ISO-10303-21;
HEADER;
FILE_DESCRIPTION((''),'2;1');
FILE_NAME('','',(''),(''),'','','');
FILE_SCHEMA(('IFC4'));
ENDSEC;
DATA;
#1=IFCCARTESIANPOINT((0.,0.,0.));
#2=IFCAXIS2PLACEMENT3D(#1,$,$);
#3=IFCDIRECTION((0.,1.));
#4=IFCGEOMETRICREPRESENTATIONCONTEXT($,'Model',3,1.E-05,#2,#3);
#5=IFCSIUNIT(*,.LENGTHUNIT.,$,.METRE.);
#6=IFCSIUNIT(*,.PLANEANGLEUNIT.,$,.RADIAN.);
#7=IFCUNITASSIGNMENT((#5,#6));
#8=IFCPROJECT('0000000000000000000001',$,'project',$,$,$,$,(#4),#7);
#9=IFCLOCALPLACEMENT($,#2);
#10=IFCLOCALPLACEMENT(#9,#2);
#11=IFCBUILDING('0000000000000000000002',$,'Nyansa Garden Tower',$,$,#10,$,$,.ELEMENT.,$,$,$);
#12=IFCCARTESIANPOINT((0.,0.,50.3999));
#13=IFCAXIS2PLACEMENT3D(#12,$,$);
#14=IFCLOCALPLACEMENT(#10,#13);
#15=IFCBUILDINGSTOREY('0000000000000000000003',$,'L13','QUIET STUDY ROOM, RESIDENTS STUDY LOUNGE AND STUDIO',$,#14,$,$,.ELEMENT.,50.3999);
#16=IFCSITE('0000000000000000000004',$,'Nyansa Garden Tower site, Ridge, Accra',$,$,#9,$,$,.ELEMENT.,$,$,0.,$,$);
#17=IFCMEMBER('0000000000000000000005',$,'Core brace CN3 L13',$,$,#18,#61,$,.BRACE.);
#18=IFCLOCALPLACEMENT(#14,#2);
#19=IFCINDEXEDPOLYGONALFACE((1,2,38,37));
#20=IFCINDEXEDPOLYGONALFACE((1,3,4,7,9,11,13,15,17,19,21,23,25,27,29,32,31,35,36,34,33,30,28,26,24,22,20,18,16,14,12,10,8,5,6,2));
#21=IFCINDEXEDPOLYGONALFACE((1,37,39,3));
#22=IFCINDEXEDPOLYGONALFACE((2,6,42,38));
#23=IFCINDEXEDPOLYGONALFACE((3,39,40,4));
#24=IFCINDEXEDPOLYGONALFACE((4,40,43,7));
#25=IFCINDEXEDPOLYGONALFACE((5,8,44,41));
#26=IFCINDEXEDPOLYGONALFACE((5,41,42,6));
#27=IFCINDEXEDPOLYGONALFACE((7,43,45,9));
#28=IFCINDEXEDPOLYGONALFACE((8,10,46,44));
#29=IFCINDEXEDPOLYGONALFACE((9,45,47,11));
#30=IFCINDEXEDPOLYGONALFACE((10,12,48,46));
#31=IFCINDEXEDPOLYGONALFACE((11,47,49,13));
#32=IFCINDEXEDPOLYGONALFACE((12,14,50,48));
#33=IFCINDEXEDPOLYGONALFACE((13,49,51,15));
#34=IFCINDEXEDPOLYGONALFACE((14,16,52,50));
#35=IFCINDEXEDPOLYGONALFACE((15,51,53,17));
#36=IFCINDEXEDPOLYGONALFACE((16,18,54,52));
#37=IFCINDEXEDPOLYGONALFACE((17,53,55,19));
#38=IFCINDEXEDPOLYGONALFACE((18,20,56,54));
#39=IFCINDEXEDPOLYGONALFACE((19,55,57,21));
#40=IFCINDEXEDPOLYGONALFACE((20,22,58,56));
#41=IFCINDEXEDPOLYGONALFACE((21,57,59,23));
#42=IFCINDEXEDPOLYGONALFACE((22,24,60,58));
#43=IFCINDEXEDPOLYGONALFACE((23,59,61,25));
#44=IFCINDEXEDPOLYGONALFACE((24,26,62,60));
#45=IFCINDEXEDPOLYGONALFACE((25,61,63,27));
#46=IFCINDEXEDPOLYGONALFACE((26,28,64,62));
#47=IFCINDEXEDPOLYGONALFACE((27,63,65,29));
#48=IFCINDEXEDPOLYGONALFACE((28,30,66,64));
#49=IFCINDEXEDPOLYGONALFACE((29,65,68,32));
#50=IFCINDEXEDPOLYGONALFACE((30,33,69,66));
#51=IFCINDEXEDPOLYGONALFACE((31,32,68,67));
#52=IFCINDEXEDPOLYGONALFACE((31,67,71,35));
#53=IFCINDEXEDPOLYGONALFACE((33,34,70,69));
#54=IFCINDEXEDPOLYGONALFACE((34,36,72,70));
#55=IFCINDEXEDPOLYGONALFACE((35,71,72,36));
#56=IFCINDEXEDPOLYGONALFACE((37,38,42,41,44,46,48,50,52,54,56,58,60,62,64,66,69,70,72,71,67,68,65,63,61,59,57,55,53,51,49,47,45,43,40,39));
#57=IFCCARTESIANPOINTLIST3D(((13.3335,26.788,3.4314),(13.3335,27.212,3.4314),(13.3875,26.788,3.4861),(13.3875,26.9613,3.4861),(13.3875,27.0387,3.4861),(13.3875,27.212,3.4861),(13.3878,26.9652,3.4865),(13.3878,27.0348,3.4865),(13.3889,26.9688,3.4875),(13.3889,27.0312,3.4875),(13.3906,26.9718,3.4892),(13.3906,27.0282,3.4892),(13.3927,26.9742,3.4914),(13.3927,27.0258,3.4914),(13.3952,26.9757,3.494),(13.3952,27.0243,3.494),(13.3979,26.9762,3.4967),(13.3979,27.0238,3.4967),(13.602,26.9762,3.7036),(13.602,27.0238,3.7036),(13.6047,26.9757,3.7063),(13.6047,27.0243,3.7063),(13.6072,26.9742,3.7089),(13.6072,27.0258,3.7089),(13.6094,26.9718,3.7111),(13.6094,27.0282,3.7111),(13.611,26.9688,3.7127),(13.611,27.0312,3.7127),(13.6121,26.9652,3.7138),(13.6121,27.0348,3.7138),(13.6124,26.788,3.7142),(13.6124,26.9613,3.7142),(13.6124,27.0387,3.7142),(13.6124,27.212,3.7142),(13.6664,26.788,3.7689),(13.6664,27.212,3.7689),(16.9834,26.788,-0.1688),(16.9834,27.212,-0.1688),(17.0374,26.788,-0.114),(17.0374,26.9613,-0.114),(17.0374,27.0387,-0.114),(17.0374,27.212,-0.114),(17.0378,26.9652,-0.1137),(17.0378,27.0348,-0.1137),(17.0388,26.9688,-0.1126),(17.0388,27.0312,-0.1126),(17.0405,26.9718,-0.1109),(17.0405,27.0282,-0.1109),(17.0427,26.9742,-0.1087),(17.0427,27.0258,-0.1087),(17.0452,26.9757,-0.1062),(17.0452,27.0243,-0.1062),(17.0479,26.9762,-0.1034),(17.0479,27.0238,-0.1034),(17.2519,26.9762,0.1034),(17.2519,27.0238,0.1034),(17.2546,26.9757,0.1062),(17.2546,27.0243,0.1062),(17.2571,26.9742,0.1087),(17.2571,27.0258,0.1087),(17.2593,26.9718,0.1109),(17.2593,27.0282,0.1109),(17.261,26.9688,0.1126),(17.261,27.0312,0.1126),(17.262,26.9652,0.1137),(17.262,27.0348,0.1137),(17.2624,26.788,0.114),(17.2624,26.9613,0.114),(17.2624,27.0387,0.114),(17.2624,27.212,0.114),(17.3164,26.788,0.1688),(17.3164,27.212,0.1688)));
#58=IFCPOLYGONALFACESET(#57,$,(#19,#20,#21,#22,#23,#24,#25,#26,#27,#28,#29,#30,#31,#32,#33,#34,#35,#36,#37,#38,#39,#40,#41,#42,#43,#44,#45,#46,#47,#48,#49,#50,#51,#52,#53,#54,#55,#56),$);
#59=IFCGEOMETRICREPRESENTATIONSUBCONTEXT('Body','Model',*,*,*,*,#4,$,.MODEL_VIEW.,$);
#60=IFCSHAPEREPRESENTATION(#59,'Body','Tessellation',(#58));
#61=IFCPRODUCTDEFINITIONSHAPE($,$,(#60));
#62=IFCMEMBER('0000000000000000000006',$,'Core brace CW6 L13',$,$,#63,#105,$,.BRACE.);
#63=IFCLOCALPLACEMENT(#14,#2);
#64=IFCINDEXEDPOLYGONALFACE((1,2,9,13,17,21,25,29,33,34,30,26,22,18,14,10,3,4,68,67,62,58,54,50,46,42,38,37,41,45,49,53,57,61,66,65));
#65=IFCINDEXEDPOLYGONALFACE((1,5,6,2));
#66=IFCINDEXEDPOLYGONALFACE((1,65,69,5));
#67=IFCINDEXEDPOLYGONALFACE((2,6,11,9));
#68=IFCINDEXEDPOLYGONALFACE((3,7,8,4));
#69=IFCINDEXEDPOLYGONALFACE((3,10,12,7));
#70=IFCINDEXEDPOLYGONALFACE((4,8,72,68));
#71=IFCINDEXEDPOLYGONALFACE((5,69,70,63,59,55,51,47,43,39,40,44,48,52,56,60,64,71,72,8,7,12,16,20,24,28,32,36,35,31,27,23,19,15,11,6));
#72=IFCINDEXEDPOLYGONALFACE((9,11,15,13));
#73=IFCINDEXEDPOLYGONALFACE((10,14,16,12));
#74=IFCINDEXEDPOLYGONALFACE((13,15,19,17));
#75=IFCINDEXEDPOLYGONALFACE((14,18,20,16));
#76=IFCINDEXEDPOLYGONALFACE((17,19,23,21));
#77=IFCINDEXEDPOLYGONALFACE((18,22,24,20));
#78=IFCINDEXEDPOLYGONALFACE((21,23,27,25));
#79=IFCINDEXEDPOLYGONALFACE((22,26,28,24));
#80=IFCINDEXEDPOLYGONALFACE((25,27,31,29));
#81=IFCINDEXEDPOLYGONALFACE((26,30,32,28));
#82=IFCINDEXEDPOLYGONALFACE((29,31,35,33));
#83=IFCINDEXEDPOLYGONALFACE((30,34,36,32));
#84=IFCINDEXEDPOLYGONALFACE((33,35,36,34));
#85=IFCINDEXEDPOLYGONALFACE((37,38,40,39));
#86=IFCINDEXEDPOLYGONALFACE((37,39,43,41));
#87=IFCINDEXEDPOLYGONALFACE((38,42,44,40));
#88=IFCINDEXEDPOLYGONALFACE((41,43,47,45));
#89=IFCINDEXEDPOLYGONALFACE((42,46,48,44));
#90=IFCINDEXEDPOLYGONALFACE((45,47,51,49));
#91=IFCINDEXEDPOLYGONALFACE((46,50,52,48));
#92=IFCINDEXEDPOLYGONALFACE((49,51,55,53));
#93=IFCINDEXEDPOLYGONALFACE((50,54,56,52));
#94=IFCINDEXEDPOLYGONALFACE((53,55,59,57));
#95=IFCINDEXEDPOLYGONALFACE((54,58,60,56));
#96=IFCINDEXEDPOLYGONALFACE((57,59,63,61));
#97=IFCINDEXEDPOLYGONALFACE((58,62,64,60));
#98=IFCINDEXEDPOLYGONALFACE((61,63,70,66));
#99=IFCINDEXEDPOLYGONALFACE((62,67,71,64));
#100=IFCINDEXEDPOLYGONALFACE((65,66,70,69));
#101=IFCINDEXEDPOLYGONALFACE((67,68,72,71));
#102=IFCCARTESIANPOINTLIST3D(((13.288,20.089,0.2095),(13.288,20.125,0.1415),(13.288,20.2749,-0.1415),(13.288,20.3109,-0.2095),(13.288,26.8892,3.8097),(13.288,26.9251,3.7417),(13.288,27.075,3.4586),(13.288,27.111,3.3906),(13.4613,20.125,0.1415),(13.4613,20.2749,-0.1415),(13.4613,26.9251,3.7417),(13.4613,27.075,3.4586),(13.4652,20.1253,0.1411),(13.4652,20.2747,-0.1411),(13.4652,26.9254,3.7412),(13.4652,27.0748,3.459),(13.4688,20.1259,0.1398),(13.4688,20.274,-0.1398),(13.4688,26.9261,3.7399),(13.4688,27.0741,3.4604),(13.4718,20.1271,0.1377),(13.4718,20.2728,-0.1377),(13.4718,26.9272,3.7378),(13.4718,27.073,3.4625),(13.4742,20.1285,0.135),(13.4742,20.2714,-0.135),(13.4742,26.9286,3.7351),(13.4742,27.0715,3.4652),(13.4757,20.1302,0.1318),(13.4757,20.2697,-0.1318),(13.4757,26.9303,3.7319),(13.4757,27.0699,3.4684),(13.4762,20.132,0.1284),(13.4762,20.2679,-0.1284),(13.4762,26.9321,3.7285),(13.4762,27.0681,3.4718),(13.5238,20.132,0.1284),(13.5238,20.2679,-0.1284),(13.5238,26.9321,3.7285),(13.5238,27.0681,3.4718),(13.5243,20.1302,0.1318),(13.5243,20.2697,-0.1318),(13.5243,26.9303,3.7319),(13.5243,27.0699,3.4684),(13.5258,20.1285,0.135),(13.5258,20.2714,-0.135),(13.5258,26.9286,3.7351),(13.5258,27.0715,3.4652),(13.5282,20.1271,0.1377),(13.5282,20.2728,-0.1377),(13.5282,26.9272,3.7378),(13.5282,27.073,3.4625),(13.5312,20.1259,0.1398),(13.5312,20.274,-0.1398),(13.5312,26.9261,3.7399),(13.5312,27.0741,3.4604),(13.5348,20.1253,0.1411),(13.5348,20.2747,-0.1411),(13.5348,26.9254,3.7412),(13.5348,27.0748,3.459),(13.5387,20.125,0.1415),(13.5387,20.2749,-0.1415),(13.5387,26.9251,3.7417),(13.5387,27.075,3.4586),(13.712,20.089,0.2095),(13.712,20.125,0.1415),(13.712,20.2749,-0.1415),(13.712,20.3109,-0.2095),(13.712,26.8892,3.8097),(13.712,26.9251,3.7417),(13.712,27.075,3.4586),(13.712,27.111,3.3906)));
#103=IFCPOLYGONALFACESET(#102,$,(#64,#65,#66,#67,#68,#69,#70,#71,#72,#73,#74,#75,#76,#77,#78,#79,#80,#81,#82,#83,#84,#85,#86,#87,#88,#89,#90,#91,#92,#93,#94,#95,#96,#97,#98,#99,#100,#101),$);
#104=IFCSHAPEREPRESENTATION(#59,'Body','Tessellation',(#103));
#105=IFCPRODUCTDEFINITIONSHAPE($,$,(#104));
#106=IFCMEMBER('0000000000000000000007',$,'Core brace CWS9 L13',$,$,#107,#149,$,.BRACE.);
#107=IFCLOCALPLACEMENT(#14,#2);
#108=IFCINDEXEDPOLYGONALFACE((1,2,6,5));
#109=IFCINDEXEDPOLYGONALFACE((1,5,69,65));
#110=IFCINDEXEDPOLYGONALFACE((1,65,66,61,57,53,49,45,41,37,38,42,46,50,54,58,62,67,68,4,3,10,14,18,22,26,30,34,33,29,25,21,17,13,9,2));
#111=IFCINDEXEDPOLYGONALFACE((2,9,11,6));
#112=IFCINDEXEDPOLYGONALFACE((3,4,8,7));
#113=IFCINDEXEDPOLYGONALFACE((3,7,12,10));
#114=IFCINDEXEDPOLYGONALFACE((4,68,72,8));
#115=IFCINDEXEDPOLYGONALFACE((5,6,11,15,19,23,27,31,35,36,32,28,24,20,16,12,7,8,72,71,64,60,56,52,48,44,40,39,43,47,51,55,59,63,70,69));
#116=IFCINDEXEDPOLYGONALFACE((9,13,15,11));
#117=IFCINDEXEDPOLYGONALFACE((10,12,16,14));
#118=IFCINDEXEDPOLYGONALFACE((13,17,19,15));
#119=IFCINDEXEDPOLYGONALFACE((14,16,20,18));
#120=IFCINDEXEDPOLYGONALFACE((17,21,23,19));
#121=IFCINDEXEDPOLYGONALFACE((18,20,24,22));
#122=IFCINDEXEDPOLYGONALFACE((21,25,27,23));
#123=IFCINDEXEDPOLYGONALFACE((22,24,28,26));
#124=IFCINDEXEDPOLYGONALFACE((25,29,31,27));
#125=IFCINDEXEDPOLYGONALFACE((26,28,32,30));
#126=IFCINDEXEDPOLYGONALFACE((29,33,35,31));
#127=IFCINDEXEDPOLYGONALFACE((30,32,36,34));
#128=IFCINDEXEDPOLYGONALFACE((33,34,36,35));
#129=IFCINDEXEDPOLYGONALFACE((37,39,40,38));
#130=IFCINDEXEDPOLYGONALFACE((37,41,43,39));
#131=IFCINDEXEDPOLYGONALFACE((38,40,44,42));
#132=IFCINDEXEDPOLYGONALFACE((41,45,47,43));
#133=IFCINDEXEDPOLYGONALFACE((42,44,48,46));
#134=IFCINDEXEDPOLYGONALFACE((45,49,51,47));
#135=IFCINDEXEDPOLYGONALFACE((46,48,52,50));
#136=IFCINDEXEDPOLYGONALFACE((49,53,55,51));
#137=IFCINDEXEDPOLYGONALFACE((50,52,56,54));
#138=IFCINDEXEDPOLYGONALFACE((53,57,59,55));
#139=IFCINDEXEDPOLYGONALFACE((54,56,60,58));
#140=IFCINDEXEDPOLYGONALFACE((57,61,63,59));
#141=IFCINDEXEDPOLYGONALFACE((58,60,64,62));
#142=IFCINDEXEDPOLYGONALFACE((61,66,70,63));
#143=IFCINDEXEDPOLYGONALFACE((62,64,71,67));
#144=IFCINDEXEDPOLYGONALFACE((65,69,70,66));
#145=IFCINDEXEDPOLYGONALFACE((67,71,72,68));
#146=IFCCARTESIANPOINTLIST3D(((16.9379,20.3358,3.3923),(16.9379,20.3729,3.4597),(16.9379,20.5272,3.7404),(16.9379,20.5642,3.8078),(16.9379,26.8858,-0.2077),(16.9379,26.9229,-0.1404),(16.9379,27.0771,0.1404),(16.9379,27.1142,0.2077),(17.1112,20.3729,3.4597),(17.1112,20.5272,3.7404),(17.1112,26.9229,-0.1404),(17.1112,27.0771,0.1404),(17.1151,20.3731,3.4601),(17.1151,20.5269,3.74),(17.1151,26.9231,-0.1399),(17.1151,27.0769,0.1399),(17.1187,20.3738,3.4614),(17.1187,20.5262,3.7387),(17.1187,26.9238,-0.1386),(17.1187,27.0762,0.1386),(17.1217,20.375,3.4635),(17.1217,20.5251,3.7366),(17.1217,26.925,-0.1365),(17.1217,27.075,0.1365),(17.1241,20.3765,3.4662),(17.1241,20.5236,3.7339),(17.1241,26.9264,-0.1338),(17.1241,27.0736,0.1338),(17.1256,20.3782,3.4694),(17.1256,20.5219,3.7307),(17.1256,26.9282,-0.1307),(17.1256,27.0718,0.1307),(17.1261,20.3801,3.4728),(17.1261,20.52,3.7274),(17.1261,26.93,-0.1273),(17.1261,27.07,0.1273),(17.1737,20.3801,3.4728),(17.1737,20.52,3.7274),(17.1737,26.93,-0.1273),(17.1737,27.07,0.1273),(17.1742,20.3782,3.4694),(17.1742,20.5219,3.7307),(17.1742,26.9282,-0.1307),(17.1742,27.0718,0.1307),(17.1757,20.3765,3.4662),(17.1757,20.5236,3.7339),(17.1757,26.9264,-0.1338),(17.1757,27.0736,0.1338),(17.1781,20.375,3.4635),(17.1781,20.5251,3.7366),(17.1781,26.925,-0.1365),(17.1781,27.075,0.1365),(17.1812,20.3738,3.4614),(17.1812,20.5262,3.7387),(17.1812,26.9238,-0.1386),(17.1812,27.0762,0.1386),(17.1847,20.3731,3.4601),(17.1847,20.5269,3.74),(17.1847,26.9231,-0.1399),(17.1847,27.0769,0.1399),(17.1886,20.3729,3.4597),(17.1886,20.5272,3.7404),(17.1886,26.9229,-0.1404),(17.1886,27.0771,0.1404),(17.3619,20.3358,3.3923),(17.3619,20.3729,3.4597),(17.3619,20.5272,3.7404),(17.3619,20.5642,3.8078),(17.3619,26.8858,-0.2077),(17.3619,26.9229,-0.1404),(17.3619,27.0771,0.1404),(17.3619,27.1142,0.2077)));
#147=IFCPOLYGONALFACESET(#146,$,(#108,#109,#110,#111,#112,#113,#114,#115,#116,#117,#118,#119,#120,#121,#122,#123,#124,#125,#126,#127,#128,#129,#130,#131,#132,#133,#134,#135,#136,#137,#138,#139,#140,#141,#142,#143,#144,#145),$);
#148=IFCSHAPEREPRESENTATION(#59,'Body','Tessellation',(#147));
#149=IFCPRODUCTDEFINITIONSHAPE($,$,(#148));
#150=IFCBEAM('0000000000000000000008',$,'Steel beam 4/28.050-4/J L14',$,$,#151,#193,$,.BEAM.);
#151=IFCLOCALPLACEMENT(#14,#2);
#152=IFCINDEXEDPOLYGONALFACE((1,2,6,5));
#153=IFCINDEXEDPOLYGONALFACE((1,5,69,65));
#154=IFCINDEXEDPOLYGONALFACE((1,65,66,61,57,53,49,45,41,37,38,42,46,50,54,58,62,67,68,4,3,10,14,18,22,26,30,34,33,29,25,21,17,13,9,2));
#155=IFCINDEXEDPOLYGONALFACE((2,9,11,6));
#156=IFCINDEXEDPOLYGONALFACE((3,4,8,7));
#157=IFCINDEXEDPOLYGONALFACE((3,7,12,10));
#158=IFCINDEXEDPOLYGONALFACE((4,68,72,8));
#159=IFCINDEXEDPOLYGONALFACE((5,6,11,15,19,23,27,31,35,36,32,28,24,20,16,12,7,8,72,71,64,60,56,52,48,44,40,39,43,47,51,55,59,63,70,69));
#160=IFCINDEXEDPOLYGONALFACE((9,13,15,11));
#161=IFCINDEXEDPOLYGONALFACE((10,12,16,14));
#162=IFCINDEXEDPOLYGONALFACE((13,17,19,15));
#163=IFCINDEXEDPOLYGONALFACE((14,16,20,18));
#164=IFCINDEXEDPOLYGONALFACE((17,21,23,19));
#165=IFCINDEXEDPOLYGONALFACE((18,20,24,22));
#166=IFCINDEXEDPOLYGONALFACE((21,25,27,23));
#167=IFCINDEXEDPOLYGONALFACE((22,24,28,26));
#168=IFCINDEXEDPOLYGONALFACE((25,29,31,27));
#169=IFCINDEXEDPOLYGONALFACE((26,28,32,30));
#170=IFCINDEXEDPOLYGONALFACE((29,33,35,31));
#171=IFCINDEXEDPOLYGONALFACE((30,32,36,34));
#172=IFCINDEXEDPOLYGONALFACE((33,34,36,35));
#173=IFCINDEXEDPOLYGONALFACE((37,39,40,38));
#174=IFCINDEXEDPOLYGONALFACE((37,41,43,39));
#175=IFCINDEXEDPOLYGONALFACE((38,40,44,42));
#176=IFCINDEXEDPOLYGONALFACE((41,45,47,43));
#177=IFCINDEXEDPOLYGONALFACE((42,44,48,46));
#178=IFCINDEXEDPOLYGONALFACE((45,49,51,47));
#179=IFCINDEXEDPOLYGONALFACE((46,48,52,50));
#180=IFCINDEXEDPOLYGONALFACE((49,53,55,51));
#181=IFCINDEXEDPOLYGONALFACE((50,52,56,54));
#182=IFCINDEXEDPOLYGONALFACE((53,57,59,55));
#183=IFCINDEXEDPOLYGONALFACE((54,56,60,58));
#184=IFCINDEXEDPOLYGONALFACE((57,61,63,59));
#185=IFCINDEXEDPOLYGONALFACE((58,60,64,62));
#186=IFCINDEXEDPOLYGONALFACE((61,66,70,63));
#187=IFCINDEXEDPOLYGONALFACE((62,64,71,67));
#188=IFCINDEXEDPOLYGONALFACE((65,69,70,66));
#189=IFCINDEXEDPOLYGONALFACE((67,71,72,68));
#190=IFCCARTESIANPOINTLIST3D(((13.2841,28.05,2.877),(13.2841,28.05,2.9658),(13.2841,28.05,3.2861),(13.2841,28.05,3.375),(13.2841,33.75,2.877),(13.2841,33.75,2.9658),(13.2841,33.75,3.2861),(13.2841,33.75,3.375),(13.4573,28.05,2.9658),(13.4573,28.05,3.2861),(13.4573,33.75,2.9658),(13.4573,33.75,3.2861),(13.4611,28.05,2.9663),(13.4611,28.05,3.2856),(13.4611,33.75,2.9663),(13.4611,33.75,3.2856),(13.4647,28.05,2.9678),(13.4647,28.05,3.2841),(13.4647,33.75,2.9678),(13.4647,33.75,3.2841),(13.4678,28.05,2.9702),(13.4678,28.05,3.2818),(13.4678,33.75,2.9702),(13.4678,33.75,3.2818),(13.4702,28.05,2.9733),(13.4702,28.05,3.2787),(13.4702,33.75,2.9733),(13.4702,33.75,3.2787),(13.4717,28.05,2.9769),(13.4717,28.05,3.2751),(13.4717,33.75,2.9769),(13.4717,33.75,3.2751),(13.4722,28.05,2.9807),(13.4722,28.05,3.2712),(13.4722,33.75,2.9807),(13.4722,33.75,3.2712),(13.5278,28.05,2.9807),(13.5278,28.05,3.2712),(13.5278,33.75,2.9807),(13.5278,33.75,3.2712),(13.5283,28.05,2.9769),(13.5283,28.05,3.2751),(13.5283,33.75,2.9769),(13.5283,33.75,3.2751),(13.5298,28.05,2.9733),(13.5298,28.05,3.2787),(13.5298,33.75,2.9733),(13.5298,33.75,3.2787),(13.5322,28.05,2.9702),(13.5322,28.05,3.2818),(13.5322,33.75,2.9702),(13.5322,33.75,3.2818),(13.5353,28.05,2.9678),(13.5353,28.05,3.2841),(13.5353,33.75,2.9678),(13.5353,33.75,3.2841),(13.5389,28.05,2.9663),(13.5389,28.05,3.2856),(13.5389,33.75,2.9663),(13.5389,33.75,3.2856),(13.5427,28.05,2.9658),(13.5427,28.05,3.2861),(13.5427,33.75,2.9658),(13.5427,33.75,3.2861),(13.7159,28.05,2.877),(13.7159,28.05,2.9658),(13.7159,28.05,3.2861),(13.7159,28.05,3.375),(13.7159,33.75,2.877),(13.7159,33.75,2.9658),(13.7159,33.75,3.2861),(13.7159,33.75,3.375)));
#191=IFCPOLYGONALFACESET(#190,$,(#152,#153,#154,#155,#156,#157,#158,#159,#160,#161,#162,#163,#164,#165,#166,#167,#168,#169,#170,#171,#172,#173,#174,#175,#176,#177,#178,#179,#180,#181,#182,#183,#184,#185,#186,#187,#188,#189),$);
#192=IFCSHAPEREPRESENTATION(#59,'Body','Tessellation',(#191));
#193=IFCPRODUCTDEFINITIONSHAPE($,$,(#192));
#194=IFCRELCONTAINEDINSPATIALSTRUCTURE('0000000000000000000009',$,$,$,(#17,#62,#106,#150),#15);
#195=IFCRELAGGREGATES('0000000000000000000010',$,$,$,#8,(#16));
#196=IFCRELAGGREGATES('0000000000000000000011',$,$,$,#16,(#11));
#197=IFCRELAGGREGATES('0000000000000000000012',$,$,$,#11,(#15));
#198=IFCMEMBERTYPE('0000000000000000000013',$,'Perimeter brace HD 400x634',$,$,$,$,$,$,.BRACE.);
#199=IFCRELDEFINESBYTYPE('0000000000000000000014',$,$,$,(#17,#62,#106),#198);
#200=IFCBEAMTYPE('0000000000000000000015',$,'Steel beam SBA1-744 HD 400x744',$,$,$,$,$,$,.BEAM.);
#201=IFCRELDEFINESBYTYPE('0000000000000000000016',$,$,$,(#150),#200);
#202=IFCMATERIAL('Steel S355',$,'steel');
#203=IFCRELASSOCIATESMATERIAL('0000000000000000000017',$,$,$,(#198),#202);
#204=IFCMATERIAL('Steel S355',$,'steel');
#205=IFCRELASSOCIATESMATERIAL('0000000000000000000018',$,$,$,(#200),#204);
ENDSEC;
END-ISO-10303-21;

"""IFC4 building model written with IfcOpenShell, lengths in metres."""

from ifc_helpers import new_model, si_unit, direction, frame, origin, origin_2d, place, context, subcontext, project, spatial, i_section, extrude, material, material_profile, profile_set, type_object, element, save


model = new_model("IFC4")

# Units and contexts
model_context = context("Model", 3, precision=1e-05, world=origin(), true_north=direction((0.0, 1.0)))
body_context = subcontext(model_context, "Body", "Model", "MODEL_VIEW")
ifc_project = project(units=[si_unit("LENGTHUNIT", "METRE"), si_unit("PLANEANGLEUNIT", "RADIAN")], contexts=[model_context])

# Site, building, storey
site_placement = place(None, origin())
site = spatial("IfcSite", under=ifc_project, at=site_placement, Name="Nyansa Garden Tower site, Ridge, Accra", CompositionType="ELEMENT", RefElevation=0.0)
building_placement = place(site_placement, origin())
building = spatial("IfcBuilding", under=site, at=building_placement, Name="Nyansa Garden Tower", CompositionType="ELEMENT")
storey_placement = place(building_placement, frame((0.0, 0.0, 50.3999)))
storey = spatial("IfcBuildingStorey", under=building, at=storey_placement, Name="L13", Description="QUIET STUDY ROOM, RESIDENTS STUDY LOUNGE AND STUDIO", CompositionType="ELEMENT", Elevation=50.3999)

# Members
ifc_material_1 = material(Name="Steel S355", Category="steel")
ifc_material_profile_1 = material_profile(ifc_material_1, i_section(OverallWidth=0.4241, OverallDepth=0.4741, WebThickness=0.0476, FlangeThickness=0.0769, FilletRadius=0.0149, at=origin_2d()), Name="HD 400x634")
ifc_profile_set_1 = profile_set([ifc_material_profile_1], Name="Steel S355")
member_type = type_object("IfcMemberType", Name="Perimeter brace HD 400x634", PredefinedType="BRACE", material=ifc_profile_set_1)
member_1_placement = place(storey_placement, frame((17.1499, 27.0, 0.0), z_axis=(-0.711948, 0.0, 0.702233), x_axis=(0.0, -1.0, 0.0)))
element("IfcMember", 1, at=member_1_placement, inside=storey, type_object=member_type, Name="Core brace CN3 L13", PredefinedType="BRACE", context=body_context, shape_type="SweptSolid", body=[
    extrude(i_section(OverallWidth=0.4241, OverallDepth=0.4741, WebThickness=0.0476, FlangeThickness=0.0769, FilletRadius=0.0149, at=origin_2d()), origin(), (0.0, 0.0, 1.0), 5.1267),
])
member_2_placement = place(storey_placement, frame((13.5, 20.2, 0.0), z_axis=(0.0, 0.883784, 0.467895), x_axis=(-1.0, 0.0, 0.0)))
element("IfcMember", 2, at=member_2_placement, inside=storey, type_object=member_type, Name="Core brace CW6 L13", PredefinedType="BRACE", context=body_context, shape_type="SweptSolid", body=[
    extrude(i_section(OverallWidth=0.4241, OverallDepth=0.4741, WebThickness=0.0476, FlangeThickness=0.0769, FilletRadius=0.0149, at=origin_2d()), origin(), (0.0, 0.0, 1.0), 7.6943),
])
member_3_placement = place(storey_placement, frame((17.1499, 27.0, 0.0), z_axis=(0.0, -0.876353, 0.481669), x_axis=(1.0, 0.0, 0.0)))
element("IfcMember", 3, at=member_3_placement, inside=storey, type_object=member_type, Name="Core brace CWS9 L13", PredefinedType="BRACE", context=body_context, shape_type="SweptSolid", body=[
    extrude(i_section(OverallWidth=0.4241, OverallDepth=0.4741, WebThickness=0.0476, FlangeThickness=0.0769, FilletRadius=0.0149, at=origin_2d()), origin(), (0.0, 0.0, 1.0), 7.4741),
])

# Beam
ifc_material_2 = material(Name="Steel S355", Category="steel")
ifc_material_profile_2 = material_profile(ifc_material_2, i_section(OverallWidth=0.4319, OverallDepth=0.498, WebThickness=0.0557, FlangeThickness=0.0889, FilletRadius=0.0149, at=origin_2d()), Name="HD 400x744")
ifc_profile_set_2 = profile_set([ifc_material_profile_2], Name="Steel S355")
beam_type_1 = type_object("IfcBeamType", Name="Steel beam SBA1-744 HD 400x744", PredefinedType="BEAM", material=ifc_profile_set_2)
beam_1_placement = place(storey_placement, frame((13.5, 28.05, 3.126), z_axis=(0.0, 1.0, 0.0), x_axis=(-1.0, 0.0, 0.0)))
element("IfcBeam", 4, at=beam_1_placement, inside=storey, type_object=beam_type_1, Name="Steel beam 4/28.050-4/J L14", PredefinedType="BEAM", context=body_context, shape_type="SweptSolid", body=[
    extrude(i_section(OverallWidth=0.4319, OverallDepth=0.498, WebThickness=0.0557, FlangeThickness=0.0889, FilletRadius=0.0149, at=origin_2d()), origin(), (0.0, 0.0, 1.0), 5.7),
])

save(model, "model.ifc")
